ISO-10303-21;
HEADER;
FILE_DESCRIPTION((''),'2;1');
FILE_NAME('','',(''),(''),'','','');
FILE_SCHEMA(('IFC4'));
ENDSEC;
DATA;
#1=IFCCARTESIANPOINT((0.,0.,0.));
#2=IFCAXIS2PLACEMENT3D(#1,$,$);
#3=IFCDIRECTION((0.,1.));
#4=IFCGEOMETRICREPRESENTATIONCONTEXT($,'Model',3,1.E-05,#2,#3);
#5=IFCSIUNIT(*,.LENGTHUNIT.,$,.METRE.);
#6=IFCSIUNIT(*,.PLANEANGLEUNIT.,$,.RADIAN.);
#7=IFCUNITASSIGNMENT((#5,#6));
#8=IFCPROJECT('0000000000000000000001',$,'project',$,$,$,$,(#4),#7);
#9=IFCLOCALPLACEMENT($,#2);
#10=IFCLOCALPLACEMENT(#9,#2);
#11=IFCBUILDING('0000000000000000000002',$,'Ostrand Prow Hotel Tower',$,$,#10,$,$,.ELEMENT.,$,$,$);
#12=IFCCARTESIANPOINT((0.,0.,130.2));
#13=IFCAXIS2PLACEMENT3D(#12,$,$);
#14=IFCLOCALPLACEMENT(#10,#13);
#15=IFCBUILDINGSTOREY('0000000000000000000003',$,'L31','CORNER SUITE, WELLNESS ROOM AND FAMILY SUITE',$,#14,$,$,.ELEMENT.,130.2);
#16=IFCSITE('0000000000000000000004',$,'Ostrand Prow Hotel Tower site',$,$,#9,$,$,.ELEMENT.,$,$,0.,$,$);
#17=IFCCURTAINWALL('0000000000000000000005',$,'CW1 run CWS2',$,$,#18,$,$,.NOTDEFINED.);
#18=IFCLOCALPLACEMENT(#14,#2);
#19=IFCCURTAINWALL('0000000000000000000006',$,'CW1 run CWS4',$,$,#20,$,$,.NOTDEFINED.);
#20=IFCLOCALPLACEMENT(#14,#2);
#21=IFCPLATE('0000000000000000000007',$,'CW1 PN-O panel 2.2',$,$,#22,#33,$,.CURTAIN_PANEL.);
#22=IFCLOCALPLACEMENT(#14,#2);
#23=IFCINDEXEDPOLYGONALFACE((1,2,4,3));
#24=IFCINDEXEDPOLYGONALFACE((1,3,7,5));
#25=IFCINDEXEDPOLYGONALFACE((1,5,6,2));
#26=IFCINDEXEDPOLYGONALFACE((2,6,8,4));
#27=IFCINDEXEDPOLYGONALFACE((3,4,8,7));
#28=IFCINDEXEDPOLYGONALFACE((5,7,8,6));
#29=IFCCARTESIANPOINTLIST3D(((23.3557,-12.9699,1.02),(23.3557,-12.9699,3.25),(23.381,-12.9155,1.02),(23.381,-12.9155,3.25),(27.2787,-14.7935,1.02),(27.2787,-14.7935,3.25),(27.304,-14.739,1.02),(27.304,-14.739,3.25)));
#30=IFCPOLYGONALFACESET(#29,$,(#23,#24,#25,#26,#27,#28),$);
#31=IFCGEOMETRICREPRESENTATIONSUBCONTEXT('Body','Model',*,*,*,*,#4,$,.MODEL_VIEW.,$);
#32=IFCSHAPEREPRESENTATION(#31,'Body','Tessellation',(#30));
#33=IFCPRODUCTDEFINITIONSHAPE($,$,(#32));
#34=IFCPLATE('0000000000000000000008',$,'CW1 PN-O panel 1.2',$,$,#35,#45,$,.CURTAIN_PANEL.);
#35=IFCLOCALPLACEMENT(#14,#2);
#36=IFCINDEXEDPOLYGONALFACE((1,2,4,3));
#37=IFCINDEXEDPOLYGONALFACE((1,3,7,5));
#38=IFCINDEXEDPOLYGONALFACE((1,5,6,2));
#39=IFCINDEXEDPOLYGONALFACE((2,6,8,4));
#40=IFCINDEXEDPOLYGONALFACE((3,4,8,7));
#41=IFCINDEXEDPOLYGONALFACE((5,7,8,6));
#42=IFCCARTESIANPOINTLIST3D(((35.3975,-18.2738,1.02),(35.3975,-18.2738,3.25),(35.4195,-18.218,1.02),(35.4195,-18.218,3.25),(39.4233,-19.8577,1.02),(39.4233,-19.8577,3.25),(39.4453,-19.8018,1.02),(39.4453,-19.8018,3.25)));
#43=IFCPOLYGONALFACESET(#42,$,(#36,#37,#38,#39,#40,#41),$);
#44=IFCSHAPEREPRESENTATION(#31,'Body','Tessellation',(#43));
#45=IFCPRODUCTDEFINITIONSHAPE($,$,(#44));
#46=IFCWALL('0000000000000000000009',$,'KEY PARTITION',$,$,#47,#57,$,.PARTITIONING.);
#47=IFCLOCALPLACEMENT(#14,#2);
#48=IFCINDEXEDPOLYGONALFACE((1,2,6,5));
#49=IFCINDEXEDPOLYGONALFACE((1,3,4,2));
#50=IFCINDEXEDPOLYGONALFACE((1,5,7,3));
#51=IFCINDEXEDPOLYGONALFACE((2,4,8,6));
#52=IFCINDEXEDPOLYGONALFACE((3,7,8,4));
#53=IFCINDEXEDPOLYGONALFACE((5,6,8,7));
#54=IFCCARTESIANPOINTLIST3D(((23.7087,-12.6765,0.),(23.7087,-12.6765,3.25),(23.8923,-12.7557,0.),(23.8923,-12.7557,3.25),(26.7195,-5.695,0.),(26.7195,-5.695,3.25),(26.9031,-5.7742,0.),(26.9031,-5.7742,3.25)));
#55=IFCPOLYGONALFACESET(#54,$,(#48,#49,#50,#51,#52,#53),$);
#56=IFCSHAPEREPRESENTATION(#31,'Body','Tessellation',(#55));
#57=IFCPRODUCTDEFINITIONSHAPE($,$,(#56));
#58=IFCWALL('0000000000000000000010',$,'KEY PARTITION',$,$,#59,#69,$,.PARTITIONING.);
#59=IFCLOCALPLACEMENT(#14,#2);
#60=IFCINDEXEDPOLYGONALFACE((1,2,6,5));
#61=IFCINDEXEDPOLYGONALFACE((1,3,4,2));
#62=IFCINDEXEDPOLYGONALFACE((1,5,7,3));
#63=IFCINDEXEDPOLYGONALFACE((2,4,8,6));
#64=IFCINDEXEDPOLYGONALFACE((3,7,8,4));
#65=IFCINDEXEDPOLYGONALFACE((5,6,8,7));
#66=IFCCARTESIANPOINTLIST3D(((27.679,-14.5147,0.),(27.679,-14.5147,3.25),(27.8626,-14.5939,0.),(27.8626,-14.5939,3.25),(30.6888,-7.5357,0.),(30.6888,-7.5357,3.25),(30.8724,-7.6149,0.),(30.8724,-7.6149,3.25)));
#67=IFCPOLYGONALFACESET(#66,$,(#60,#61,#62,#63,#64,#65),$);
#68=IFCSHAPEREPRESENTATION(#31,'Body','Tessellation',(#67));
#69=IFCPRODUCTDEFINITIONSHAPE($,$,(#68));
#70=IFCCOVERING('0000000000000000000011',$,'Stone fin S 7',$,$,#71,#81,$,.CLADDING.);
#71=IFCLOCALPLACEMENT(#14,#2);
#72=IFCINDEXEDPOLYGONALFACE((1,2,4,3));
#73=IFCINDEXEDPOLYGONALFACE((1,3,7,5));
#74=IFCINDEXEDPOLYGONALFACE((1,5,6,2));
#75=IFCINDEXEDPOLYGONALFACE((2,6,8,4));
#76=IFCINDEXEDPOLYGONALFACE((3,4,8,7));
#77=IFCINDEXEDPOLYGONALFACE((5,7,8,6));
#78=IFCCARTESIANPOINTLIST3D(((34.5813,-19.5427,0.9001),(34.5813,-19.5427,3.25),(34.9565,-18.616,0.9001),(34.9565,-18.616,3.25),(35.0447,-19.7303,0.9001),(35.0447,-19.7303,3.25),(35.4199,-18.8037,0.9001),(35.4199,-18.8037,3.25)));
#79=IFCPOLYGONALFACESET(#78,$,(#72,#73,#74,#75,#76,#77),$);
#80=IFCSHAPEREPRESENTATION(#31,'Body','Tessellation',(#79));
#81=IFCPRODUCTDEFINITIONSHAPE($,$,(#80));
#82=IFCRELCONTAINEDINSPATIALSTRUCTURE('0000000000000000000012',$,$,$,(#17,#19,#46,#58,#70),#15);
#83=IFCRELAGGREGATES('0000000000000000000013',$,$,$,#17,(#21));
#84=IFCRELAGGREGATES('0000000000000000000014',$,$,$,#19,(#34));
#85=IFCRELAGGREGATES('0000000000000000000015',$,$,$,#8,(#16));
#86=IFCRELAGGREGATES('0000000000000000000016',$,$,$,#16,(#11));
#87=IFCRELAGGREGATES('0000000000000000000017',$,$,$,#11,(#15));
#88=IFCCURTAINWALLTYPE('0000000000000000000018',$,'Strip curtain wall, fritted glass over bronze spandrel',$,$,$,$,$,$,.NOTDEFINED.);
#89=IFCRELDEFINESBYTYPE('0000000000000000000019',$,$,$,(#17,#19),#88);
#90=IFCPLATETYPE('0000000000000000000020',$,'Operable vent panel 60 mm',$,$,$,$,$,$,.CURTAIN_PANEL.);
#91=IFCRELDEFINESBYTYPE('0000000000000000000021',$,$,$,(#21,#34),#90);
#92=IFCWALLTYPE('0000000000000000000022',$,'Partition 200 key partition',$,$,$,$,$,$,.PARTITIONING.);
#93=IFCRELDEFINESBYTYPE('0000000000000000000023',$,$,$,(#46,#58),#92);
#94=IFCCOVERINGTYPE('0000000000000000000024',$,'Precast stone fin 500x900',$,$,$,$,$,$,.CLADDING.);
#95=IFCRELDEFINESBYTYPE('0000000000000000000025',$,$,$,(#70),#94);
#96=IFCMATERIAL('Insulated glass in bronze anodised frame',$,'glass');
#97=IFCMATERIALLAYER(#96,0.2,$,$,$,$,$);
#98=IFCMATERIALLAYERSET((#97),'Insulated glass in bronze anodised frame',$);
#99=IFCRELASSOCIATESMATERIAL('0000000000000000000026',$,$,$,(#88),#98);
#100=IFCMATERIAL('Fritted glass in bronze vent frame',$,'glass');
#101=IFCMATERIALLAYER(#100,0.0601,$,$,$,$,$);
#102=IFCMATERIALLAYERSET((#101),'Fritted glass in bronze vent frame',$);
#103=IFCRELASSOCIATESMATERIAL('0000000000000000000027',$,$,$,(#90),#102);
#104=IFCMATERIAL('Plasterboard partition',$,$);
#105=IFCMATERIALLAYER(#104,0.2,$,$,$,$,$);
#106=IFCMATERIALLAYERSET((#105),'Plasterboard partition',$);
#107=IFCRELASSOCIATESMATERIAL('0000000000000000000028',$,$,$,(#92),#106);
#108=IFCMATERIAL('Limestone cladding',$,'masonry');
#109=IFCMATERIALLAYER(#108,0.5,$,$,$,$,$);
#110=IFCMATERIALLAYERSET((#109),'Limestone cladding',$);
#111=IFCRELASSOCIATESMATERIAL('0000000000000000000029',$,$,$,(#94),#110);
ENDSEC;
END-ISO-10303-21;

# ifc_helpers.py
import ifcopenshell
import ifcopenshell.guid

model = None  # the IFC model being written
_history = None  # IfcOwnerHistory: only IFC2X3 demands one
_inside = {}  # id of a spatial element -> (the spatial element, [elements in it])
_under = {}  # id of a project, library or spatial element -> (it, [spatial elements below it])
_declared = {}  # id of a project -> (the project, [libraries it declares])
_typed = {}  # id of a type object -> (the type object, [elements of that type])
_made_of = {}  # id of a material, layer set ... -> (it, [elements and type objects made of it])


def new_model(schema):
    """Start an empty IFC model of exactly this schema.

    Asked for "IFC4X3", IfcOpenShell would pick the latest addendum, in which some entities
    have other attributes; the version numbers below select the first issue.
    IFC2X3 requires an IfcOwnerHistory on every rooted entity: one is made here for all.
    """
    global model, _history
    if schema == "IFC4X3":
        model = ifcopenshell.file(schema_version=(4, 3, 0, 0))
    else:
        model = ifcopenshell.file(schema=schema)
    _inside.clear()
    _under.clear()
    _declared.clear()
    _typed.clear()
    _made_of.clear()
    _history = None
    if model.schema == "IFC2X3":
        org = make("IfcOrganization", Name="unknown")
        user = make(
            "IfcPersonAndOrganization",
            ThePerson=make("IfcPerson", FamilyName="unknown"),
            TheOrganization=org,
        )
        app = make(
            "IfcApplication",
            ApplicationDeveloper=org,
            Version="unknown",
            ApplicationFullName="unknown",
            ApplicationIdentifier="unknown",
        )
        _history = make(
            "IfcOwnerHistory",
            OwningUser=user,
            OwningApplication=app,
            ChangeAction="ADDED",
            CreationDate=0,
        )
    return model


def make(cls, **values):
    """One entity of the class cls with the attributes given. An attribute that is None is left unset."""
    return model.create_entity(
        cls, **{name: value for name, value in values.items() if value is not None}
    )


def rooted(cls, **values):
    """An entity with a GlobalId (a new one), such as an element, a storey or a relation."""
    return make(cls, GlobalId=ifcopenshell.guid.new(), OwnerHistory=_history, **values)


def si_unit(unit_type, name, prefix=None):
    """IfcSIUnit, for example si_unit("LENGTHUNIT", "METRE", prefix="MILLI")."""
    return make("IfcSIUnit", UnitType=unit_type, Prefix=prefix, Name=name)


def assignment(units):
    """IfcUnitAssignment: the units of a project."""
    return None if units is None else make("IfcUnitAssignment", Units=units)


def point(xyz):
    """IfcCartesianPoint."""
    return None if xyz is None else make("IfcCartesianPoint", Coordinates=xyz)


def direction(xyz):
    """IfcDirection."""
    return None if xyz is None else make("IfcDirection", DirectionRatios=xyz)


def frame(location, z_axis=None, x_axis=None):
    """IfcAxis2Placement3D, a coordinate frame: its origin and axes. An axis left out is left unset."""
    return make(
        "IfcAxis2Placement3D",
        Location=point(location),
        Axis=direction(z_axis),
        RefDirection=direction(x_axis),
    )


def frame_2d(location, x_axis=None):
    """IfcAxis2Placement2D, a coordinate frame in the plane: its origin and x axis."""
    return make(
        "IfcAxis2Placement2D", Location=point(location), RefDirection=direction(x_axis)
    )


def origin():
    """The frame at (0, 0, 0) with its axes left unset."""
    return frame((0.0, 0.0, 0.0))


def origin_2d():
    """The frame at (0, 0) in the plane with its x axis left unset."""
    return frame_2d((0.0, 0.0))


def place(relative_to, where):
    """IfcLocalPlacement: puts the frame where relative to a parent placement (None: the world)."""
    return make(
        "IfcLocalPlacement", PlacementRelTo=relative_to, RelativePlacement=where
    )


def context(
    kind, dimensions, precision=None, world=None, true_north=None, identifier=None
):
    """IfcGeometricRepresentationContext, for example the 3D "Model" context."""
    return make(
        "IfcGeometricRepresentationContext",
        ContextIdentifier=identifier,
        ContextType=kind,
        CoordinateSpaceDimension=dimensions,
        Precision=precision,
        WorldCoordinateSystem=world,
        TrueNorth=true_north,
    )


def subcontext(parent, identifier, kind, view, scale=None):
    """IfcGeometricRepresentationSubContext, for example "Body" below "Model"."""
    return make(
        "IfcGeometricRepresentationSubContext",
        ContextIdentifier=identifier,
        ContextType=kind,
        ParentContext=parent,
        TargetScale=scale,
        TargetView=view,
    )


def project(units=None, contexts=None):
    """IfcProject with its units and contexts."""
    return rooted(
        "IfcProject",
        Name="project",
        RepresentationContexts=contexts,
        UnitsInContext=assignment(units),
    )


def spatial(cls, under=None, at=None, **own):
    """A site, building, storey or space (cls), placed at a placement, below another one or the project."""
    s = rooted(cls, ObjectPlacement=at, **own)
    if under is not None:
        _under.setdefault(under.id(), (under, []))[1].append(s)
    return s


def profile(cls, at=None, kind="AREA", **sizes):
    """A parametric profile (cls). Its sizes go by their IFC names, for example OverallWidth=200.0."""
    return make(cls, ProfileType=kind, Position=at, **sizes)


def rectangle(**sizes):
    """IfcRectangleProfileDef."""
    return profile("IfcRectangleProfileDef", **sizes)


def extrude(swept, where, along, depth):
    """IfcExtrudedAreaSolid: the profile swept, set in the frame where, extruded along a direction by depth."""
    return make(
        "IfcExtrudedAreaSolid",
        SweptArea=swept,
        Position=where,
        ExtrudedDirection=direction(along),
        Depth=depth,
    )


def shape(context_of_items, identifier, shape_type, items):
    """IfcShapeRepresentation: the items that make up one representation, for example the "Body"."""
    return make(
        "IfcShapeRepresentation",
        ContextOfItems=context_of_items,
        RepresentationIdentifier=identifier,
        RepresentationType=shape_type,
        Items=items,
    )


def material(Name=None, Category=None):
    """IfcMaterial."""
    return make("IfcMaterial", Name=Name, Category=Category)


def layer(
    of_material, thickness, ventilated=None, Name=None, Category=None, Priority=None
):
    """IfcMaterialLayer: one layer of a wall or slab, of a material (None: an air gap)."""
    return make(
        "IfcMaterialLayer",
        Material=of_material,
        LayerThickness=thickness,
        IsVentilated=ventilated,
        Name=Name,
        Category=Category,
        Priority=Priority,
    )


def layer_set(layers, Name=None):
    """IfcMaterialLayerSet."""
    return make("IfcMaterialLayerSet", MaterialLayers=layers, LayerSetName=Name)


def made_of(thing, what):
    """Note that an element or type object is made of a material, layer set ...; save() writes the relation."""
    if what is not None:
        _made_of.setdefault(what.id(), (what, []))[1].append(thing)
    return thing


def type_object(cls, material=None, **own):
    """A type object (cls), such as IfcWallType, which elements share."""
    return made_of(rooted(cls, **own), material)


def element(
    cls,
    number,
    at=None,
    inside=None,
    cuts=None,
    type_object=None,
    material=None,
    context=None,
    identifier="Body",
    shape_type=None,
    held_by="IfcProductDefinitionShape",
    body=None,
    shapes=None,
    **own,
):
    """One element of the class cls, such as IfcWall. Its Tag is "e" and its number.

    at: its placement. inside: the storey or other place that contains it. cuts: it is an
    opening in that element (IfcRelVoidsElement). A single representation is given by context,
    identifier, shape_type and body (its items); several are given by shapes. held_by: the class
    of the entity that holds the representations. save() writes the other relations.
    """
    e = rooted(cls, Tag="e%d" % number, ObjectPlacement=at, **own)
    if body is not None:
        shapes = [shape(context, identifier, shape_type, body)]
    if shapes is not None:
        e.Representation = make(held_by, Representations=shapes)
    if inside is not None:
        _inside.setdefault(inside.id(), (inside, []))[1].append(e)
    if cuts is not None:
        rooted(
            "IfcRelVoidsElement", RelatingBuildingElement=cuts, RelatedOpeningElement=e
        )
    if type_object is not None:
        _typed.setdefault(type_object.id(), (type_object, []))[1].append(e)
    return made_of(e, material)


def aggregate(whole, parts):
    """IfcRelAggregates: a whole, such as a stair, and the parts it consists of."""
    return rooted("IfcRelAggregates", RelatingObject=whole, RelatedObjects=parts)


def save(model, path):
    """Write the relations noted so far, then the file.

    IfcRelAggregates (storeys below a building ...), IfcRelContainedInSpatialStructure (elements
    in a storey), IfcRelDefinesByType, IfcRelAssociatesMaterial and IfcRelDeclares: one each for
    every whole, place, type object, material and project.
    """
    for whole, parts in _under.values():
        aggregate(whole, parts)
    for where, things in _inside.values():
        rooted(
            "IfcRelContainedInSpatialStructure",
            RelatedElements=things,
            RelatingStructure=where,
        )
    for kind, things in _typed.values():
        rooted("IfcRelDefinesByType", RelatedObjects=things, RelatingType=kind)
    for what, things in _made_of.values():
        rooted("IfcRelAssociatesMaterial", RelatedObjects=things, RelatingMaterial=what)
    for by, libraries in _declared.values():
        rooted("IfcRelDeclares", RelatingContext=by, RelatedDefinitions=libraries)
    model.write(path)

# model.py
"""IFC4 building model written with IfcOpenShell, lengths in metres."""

from ifc_helpers import new_model, si_unit, direction, frame, frame_2d, origin, origin_2d, place, context, subcontext, project, spatial, rectangle, extrude, material, layer, layer_set, type_object, element, aggregate, save


model = new_model("IFC4")

# Units and contexts
model_context = context("Model", 3, precision=1e-05, world=origin(), true_north=direction((0.0, 1.0)))
body_context = subcontext(model_context, "Body", "Model", "MODEL_VIEW")
ifc_project = project(units=[si_unit("LENGTHUNIT", "METRE"), si_unit("PLANEANGLEUNIT", "RADIAN")], contexts=[model_context])

# Site, building, storey
site_placement = place(None, origin())
site = spatial("IfcSite", under=ifc_project, at=site_placement, Name="Ostrand Prow Hotel Tower site", CompositionType="ELEMENT", RefElevation=0.0)
building_placement = place(site_placement, origin())
building = spatial("IfcBuilding", under=site, at=building_placement, Name="Ostrand Prow Hotel Tower", CompositionType="ELEMENT")
storey_placement = place(building_placement, frame((0.0, 0.0, 130.2)))
storey = spatial("IfcBuildingStorey", under=building, at=storey_placement, Name="L31", Description="CORNER SUITE, WELLNESS ROOM AND FAMILY SUITE", CompositionType="ELEMENT", Elevation=130.2)

# Curtain wall
ifc_material_1 = material(Name="Insulated glass in bronze anodised frame", Category="glass")
ifc_layer_1 = layer(ifc_material_1, 0.2)
ifc_layer_set_1 = layer_set([ifc_layer_1], Name="Insulated glass in bronze anodised frame")
curtain_wall_type = type_object("IfcCurtainWallType", Name="Strip curtain wall, fritted glass over bronze spandrel", PredefinedType="NOTDEFINED", material=ifc_layer_set_1)
curtain_wall_1_placement = place(storey_placement, origin())
curtain_wall_1 = element("IfcCurtainWall", 1, at=curtain_wall_1_placement, inside=storey, type_object=curtain_wall_type, Name="CW1 run CWS2", PredefinedType="NOTDEFINED")

# Curtain wall
curtain_wall_2_placement = place(storey_placement, origin())
curtain_wall_2 = element("IfcCurtainWall", 2, at=curtain_wall_2_placement, inside=storey, type_object=curtain_wall_type, Name="CW1 run CWS4", PredefinedType="NOTDEFINED")

# Plates
ifc_material_2 = material(Name="Fritted glass in bronze vent frame", Category="glass")
ifc_layer_2 = layer(ifc_material_2, 0.0601)
ifc_layer_set_2 = layer_set([ifc_layer_2], Name="Fritted glass in bronze vent frame")
plate_type_1 = type_object("IfcPlateType", Name="Operable vent panel 60 mm", PredefinedType="CURTAIN_PANEL", material=ifc_layer_set_2)
plate_1_placement = place(storey_placement, frame((25.3298, -13.8545, 1.02), z_axis=(0.0, 0.0, 1.0), x_axis=(0.906818, -0.421522, 0.0)))
plate_1 = element("IfcPlate", 3, at=plate_1_placement, type_object=plate_type_1, Name="CW1 PN-O panel 2.2", PredefinedType="CURTAIN_PANEL", context=body_context, shape_type="SweptSolid", body=[
    extrude(rectangle(XDim=4.3262, YDim=0.0601, at=origin_2d()), origin(), (0.0, 0.0, 1.0), 2.23),
])
aggregate(curtain_wall_1, [plate_1])
plate_2_placement = place(storey_placement, frame((37.4214, -19.0378, 1.02), z_axis=(0.0, 0.0, 1.0), x_axis=(0.930569, -0.366116, 0.0)))
plate_2 = element("IfcPlate", 4, at=plate_2_placement, type_object=plate_type_1, Name="CW1 PN-O panel 1.2", PredefinedType="CURTAIN_PANEL", context=body_context, shape_type="SweptSolid", body=[
    extrude(rectangle(XDim=4.3262, YDim=0.0601, at=origin_2d()), origin(), (0.0, 0.0, 1.0), 2.23),
])
aggregate(curtain_wall_2, [plate_2])

# Walls
ifc_material_3 = material(Name="Plasterboard partition")
ifc_layer_3 = layer(ifc_material_3, 0.2)
ifc_layer_set_3 = layer_set([ifc_layer_3], Name="Plasterboard partition")
wall_type = type_object("IfcWallType", Name="Partition 200 key partition", PredefinedType="PARTITIONING", material=ifc_layer_set_3)
wall_1_placement = place(storey_placement, frame((23.8005, -12.7161, 0.0), z_axis=(0.0, 0.0, 1.0), x_axis=(0.395996, 0.918252, 0.0)))
element("IfcWall", 5, at=wall_1_placement, inside=storey, type_object=wall_type, Name="KEY PARTITION", PredefinedType="PARTITIONING", context=body_context, shape_type="SweptSolid", body=[
    extrude(rectangle(XDim=7.603, YDim=0.2, at=frame_2d((3.8015, 0.0))), origin(), (0.0, 0.0, 1.0), 3.25),
])
wall_2_placement = place(storey_placement, frame((27.7708, -14.5544, 0.0), z_axis=(0.0, 0.0, 1.0), x_axis=(0.396004, 0.918249, 0.0)))
element("IfcWall", 6, at=wall_2_placement, inside=storey, type_object=wall_type, Name="KEY PARTITION", PredefinedType="PARTITIONING", context=body_context, shape_type="SweptSolid", body=[
    extrude(rectangle(XDim=7.6003, YDim=0.2, at=frame_2d((3.8003, 0.0))), origin(), (0.0, 0.0, 1.0), 3.25),
])

# Covering
ifc_material_4 = material(Name="Limestone cladding", Category="masonry")
ifc_layer_4 = layer(ifc_material_4, 0.5)
ifc_layer_set_4 = layer_set([ifc_layer_4], Name="Limestone cladding")
covering_type = type_object("IfcCoveringType", Name="Precast stone fin 500x900", PredefinedType="CLADDING", material=ifc_layer_set_4)
covering_placement = place(storey_placement, frame((35.1882, -18.7097, 0.9001), z_axis=(0.0, 0.0, 1.0), x_axis=(-0.375303, -0.926902, 0.0)))
element("IfcCovering", 7, at=covering_placement, inside=storey, type_object=covering_type, Name="Stone fin S 7", PredefinedType="CLADDING", context=body_context, shape_type="SweptSolid", body=[
    extrude(rectangle(XDim=0.9998, YDim=0.5, at=frame_2d((0.5, 0.0))), origin(), (0.0, 0.0, 1.0), 2.3499),
])

save(model, "model.ifc")
